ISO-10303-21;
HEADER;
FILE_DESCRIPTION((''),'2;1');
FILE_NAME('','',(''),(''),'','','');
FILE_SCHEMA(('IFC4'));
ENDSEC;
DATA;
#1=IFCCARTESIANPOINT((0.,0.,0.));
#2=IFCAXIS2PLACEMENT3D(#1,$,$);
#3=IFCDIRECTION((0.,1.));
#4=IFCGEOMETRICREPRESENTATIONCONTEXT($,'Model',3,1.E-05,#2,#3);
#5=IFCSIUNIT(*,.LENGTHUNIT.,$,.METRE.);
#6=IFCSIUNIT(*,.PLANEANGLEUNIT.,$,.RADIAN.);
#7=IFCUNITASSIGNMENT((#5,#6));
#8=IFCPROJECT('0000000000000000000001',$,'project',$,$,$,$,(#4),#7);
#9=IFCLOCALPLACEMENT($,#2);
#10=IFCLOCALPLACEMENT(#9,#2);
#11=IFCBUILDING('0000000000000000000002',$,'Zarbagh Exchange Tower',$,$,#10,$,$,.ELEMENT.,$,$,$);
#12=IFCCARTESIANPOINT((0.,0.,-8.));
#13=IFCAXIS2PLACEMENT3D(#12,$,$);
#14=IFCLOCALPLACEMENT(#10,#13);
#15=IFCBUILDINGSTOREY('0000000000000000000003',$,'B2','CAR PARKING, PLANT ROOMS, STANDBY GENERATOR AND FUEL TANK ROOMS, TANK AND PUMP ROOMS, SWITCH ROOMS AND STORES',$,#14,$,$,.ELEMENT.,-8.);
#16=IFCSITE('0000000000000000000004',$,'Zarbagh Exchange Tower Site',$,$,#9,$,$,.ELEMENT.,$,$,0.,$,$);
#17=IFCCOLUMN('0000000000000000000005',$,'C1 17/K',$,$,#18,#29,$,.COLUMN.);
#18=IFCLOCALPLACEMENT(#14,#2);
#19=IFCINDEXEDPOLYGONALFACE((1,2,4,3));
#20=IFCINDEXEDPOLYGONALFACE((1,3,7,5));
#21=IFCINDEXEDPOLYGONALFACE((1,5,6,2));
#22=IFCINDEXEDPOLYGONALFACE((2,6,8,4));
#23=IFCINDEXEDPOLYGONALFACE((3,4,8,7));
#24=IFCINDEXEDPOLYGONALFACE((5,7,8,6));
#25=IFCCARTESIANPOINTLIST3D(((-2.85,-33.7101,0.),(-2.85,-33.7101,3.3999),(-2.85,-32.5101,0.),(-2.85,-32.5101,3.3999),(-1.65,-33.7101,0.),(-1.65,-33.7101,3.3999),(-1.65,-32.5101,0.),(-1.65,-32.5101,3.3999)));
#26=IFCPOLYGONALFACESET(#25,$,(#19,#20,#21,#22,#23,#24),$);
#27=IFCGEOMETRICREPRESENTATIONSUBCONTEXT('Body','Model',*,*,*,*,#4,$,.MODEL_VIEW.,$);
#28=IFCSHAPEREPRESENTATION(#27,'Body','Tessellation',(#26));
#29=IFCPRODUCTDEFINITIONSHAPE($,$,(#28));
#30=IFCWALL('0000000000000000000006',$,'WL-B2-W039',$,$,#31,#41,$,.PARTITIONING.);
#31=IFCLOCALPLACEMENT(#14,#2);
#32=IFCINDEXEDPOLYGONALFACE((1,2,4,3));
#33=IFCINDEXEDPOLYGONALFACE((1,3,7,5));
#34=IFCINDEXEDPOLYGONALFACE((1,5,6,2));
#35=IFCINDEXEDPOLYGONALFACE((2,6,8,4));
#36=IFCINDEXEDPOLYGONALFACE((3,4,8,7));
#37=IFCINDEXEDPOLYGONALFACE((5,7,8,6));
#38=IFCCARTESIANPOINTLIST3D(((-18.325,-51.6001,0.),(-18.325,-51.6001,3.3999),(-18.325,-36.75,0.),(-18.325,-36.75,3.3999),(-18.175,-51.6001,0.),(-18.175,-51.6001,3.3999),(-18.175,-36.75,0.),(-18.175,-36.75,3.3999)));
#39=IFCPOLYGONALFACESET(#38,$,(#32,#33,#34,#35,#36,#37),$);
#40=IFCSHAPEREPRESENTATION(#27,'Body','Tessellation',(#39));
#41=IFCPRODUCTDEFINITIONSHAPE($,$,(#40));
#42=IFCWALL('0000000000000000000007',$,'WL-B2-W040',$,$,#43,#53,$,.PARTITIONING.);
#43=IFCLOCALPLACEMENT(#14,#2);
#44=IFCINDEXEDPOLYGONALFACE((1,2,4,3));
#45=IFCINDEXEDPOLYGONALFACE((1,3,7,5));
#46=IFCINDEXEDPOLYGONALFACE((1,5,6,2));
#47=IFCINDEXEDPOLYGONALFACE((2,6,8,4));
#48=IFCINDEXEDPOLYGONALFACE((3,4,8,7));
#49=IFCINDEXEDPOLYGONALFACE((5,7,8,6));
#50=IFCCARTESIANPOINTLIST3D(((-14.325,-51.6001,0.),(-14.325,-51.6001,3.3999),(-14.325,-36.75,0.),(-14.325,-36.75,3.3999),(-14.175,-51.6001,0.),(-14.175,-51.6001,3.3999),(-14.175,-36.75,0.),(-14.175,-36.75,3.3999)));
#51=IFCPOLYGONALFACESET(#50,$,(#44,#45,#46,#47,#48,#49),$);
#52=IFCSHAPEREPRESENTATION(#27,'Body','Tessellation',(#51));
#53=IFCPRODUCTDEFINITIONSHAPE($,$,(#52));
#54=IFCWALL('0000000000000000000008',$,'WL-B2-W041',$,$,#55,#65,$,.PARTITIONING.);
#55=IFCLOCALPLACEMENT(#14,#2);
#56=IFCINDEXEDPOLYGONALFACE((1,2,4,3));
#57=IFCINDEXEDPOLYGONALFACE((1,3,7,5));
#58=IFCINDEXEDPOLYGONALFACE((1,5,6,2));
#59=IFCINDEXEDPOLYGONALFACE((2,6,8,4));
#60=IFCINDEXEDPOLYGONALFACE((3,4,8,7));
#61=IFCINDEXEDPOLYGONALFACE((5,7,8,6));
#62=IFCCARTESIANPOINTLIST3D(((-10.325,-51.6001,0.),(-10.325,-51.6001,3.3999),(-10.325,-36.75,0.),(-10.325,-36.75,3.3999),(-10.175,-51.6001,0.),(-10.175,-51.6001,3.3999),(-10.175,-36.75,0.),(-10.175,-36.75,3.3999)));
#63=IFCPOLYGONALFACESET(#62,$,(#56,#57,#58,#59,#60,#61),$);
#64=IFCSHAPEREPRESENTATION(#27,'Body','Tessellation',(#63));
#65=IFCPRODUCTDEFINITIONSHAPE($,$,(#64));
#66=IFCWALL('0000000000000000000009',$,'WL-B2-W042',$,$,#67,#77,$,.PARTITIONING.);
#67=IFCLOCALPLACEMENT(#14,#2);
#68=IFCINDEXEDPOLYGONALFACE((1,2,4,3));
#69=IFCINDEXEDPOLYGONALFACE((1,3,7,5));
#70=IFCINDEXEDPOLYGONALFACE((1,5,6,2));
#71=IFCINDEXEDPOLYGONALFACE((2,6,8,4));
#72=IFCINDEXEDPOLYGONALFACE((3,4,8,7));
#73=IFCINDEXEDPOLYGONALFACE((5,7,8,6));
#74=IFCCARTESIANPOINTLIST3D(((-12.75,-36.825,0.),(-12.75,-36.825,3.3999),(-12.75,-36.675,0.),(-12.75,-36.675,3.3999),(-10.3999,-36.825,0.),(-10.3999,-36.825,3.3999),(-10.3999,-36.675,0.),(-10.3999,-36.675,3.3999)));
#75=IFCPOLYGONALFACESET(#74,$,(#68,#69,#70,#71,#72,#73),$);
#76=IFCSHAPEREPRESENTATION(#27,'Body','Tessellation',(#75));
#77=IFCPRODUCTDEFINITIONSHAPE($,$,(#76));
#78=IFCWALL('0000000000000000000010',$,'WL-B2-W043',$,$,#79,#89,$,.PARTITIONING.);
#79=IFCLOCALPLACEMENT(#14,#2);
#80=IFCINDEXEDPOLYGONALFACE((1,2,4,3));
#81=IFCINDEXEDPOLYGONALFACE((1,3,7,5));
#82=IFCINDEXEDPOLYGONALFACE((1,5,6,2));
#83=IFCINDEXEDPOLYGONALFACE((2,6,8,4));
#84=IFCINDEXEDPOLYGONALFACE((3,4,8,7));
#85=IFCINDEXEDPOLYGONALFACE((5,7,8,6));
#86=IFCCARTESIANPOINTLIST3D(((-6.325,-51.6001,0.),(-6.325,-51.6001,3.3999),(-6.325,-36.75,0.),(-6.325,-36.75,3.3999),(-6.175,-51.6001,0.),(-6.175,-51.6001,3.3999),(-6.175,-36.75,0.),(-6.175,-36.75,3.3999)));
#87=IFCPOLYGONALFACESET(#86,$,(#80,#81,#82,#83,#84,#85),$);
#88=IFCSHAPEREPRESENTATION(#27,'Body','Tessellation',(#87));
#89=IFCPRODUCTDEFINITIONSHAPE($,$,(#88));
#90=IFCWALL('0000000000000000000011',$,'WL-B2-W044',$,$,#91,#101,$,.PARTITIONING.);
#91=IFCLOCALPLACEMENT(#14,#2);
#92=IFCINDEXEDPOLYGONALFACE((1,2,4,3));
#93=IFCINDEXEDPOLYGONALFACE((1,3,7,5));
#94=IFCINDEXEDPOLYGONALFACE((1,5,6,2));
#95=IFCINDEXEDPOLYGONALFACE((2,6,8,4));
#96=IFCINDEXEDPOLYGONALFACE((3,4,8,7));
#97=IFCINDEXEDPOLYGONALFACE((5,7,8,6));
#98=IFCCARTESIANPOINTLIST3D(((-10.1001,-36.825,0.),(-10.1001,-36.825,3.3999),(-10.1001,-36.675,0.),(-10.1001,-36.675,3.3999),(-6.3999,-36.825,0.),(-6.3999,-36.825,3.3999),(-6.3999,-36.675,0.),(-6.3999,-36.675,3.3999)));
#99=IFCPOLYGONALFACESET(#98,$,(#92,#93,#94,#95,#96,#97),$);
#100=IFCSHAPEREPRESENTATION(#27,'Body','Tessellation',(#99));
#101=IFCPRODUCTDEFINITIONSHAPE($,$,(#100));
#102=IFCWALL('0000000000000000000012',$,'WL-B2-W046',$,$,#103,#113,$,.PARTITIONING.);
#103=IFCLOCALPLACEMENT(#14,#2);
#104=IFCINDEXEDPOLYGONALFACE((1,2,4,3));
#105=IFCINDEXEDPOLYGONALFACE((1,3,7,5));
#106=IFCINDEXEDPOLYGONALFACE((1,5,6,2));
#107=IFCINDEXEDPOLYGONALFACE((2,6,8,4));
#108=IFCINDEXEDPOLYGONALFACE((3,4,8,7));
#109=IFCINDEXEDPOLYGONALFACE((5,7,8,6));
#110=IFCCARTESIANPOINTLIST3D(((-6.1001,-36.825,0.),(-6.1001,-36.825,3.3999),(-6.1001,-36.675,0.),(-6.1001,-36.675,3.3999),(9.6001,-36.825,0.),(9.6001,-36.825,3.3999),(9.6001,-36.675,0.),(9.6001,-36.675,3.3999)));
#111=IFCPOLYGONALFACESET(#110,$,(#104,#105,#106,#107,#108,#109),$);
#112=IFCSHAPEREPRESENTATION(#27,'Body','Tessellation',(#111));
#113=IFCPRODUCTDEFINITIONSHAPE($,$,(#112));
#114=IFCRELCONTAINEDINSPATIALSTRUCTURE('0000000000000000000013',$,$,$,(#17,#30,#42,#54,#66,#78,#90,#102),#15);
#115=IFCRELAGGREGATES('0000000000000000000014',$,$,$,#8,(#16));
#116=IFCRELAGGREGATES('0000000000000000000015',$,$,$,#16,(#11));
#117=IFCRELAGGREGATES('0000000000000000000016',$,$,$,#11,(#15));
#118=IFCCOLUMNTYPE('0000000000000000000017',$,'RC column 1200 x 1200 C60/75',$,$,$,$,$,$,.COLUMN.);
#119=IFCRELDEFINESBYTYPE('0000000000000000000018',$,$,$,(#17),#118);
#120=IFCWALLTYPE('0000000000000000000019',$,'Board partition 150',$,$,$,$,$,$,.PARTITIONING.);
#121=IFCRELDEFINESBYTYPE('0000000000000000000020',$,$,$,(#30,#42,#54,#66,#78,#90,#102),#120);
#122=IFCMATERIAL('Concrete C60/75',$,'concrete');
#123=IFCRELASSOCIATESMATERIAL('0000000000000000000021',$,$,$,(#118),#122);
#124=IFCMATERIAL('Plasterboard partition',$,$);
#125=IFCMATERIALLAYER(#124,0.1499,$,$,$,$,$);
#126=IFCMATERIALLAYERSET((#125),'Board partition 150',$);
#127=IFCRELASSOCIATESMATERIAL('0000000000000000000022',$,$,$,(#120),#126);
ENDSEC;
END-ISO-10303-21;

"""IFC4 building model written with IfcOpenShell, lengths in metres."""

from ifc_helpers import new_model, si_unit, direction, frame, frame_2d, origin, origin_2d, place, context, subcontext, project, spatial, rectangle, extrude, material, layer, layer_set, material_profile, profile_set, type_object, element, save


model = new_model("IFC4")

# Units and contexts
model_context = context("Model", 3, precision=1e-05, world=origin(), true_north=direction((0.0, 1.0)))
body_context = subcontext(model_context, "Body", "Model", "MODEL_VIEW")
ifc_project = project(units=[si_unit("LENGTHUNIT", "METRE"), si_unit("PLANEANGLEUNIT", "RADIAN")], contexts=[model_context])

# Site, building, storey
site_placement = place(None, origin())
site = spatial("IfcSite", under=ifc_project, at=site_placement, Name="Zarbagh Exchange Tower Site", CompositionType="ELEMENT", RefElevation=0.0)
building_placement = place(site_placement, origin())
building = spatial("IfcBuilding", under=site, at=building_placement, Name="Zarbagh Exchange Tower", CompositionType="ELEMENT")
storey_placement = place(building_placement, frame((0.0, 0.0, -8.0)))
storey = spatial("IfcBuildingStorey", under=building, at=storey_placement, Name="B2", Description="CAR PARKING, PLANT ROOMS, STANDBY GENERATOR AND FUEL TANK ROOMS, TANK AND PUMP ROOMS, SWITCH ROOMS AND STORES", CompositionType="ELEMENT", Elevation=-8.0)

# Column
ifc_material_1 = material(Name="Concrete C60/75", Category="concrete")
ifc_material_profile_1 = material_profile(ifc_material_1, rectangle(XDim=1.2, YDim=1.2, at=origin_2d()), Name="RC column 1200 x 1200 C60/75")
ifc_profile_set_1 = profile_set([ifc_material_profile_1], Name="Concrete C60/75")
column_type = type_object("IfcColumnType", Name="RC column 1200 x 1200 C60/75", PredefinedType="COLUMN", material=ifc_profile_set_1)
for number, where, z_axis, x_axis, name in (
    (1, (-2.25, -33.1101, 0.0), (0.0, 0.0, 1.0), (1.0, 0.0, 0.0), "C1 17/K"),
):
    element("IfcColumn", number, at=place(storey_placement, frame(where, z_axis=z_axis, x_axis=x_axis)), inside=storey, type_object=column_type, Name=name, PredefinedType="COLUMN", context=body_context, shape_type="SweptSolid", body=[
        extrude(rectangle(XDim=1.2, YDim=1.2, at=origin_2d()), origin(), (0.0, 0.0, 1.0), 3.3999),
    ])

# Walls
ifc_material_2 = material(Name="Plasterboard partition")
ifc_layer_1 = layer(ifc_material_2, 0.1499)
ifc_layer_set_1 = layer_set([ifc_layer_1], Name="Board partition 150")
wall_type = type_object("IfcWallType", Name="Board partition 150", PredefinedType="PARTITIONING", material=ifc_layer_set_1)
for number, where, z_axis, x_axis, name in (
    (2, (-18.25, -36.75, 0.0), (0.0, 0.0, 1.0), (0.0, -1.0, 0.0), "WL-B2-W039"),
    (3, (-14.25, -36.75, 0.0), (0.0, 0.0, 1.0), (0.0, -1.0, 0.0), "WL-B2-W040"),
    (4, (-10.25, -36.75, 0.0), (0.0, 0.0, 1.0), (0.0, -1.0, 0.0), "WL-B2-W041"),
):
    element("IfcWall", number, at=place(storey_placement, frame(where, z_axis=z_axis, x_axis=x_axis)), inside=storey, type_object=wall_type, Name=name, PredefinedType="PARTITIONING", context=body_context, shape_type="SweptSolid", body=[
        extrude(rectangle(XDim=14.8501, YDim=0.1499, at=frame_2d((7.425, 0.0))), origin(), (0.0, 0.0, 1.0), 3.3999),
    ])
wall_1_placement = place(storey_placement, frame((-12.75, -36.75, 0.0), z_axis=(0.0, 0.0, 1.0), x_axis=(1.0, 0.0, 0.0)))
element("IfcWall", 5, at=wall_1_placement, inside=storey, type_object=wall_type, Name="WL-B2-W042", PredefinedType="PARTITIONING", context=body_context, shape_type="SweptSolid", body=[
    extrude(rectangle(XDim=2.3501, YDim=0.1499, at=frame_2d((1.175, 0.0))), origin(), (0.0, 0.0, 1.0), 3.3999),
])
wall_2_placement = place(storey_placement, frame((-6.25, -36.75, 0.0), z_axis=(0.0, 0.0, 1.0), x_axis=(0.0, -1.0, 0.0)))
element("IfcWall", 6, at=wall_2_placement, inside=storey, type_object=wall_type, Name="WL-B2-W043", PredefinedType="PARTITIONING", context=body_context, shape_type="SweptSolid", body=[
    extrude(rectangle(XDim=14.8501, YDim=0.1499, at=frame_2d((7.425, 0.0))), origin(), (0.0, 0.0, 1.0), 3.3999),
])
wall_3_placement = place(storey_placement, frame((-10.1001, -36.75, 0.0), z_axis=(0.0, 0.0, 1.0), x_axis=(1.0, 0.0, 0.0)))
element("IfcWall", 7, at=wall_3_placement, inside=storey, type_object=wall_type, Name="WL-B2-W044", PredefinedType="PARTITIONING", context=body_context, shape_type="SweptSolid", body=[
    extrude(rectangle(XDim=3.7002, YDim=0.1499, at=frame_2d((1.8501, 0.0))), origin(), (0.0, 0.0, 1.0), 3.3999),
])
wall_4_placement = place(storey_placement, frame((-6.1001, -36.75, 0.0), z_axis=(0.0, 0.0, 1.0), x_axis=(1.0, 0.0, 0.0)))
element("IfcWall", 8, at=wall_4_placement, inside=storey, type_object=wall_type, Name="WL-B2-W046", PredefinedType="PARTITIONING", context=body_context, shape_type="SweptSolid", body=[
    extrude(rectangle(XDim=15.7002, YDim=0.1499, at=frame_2d((7.8501, 0.0))), origin(), (0.0, 0.0, 1.0), 3.3999),
])

save(model, "model.ifc")
